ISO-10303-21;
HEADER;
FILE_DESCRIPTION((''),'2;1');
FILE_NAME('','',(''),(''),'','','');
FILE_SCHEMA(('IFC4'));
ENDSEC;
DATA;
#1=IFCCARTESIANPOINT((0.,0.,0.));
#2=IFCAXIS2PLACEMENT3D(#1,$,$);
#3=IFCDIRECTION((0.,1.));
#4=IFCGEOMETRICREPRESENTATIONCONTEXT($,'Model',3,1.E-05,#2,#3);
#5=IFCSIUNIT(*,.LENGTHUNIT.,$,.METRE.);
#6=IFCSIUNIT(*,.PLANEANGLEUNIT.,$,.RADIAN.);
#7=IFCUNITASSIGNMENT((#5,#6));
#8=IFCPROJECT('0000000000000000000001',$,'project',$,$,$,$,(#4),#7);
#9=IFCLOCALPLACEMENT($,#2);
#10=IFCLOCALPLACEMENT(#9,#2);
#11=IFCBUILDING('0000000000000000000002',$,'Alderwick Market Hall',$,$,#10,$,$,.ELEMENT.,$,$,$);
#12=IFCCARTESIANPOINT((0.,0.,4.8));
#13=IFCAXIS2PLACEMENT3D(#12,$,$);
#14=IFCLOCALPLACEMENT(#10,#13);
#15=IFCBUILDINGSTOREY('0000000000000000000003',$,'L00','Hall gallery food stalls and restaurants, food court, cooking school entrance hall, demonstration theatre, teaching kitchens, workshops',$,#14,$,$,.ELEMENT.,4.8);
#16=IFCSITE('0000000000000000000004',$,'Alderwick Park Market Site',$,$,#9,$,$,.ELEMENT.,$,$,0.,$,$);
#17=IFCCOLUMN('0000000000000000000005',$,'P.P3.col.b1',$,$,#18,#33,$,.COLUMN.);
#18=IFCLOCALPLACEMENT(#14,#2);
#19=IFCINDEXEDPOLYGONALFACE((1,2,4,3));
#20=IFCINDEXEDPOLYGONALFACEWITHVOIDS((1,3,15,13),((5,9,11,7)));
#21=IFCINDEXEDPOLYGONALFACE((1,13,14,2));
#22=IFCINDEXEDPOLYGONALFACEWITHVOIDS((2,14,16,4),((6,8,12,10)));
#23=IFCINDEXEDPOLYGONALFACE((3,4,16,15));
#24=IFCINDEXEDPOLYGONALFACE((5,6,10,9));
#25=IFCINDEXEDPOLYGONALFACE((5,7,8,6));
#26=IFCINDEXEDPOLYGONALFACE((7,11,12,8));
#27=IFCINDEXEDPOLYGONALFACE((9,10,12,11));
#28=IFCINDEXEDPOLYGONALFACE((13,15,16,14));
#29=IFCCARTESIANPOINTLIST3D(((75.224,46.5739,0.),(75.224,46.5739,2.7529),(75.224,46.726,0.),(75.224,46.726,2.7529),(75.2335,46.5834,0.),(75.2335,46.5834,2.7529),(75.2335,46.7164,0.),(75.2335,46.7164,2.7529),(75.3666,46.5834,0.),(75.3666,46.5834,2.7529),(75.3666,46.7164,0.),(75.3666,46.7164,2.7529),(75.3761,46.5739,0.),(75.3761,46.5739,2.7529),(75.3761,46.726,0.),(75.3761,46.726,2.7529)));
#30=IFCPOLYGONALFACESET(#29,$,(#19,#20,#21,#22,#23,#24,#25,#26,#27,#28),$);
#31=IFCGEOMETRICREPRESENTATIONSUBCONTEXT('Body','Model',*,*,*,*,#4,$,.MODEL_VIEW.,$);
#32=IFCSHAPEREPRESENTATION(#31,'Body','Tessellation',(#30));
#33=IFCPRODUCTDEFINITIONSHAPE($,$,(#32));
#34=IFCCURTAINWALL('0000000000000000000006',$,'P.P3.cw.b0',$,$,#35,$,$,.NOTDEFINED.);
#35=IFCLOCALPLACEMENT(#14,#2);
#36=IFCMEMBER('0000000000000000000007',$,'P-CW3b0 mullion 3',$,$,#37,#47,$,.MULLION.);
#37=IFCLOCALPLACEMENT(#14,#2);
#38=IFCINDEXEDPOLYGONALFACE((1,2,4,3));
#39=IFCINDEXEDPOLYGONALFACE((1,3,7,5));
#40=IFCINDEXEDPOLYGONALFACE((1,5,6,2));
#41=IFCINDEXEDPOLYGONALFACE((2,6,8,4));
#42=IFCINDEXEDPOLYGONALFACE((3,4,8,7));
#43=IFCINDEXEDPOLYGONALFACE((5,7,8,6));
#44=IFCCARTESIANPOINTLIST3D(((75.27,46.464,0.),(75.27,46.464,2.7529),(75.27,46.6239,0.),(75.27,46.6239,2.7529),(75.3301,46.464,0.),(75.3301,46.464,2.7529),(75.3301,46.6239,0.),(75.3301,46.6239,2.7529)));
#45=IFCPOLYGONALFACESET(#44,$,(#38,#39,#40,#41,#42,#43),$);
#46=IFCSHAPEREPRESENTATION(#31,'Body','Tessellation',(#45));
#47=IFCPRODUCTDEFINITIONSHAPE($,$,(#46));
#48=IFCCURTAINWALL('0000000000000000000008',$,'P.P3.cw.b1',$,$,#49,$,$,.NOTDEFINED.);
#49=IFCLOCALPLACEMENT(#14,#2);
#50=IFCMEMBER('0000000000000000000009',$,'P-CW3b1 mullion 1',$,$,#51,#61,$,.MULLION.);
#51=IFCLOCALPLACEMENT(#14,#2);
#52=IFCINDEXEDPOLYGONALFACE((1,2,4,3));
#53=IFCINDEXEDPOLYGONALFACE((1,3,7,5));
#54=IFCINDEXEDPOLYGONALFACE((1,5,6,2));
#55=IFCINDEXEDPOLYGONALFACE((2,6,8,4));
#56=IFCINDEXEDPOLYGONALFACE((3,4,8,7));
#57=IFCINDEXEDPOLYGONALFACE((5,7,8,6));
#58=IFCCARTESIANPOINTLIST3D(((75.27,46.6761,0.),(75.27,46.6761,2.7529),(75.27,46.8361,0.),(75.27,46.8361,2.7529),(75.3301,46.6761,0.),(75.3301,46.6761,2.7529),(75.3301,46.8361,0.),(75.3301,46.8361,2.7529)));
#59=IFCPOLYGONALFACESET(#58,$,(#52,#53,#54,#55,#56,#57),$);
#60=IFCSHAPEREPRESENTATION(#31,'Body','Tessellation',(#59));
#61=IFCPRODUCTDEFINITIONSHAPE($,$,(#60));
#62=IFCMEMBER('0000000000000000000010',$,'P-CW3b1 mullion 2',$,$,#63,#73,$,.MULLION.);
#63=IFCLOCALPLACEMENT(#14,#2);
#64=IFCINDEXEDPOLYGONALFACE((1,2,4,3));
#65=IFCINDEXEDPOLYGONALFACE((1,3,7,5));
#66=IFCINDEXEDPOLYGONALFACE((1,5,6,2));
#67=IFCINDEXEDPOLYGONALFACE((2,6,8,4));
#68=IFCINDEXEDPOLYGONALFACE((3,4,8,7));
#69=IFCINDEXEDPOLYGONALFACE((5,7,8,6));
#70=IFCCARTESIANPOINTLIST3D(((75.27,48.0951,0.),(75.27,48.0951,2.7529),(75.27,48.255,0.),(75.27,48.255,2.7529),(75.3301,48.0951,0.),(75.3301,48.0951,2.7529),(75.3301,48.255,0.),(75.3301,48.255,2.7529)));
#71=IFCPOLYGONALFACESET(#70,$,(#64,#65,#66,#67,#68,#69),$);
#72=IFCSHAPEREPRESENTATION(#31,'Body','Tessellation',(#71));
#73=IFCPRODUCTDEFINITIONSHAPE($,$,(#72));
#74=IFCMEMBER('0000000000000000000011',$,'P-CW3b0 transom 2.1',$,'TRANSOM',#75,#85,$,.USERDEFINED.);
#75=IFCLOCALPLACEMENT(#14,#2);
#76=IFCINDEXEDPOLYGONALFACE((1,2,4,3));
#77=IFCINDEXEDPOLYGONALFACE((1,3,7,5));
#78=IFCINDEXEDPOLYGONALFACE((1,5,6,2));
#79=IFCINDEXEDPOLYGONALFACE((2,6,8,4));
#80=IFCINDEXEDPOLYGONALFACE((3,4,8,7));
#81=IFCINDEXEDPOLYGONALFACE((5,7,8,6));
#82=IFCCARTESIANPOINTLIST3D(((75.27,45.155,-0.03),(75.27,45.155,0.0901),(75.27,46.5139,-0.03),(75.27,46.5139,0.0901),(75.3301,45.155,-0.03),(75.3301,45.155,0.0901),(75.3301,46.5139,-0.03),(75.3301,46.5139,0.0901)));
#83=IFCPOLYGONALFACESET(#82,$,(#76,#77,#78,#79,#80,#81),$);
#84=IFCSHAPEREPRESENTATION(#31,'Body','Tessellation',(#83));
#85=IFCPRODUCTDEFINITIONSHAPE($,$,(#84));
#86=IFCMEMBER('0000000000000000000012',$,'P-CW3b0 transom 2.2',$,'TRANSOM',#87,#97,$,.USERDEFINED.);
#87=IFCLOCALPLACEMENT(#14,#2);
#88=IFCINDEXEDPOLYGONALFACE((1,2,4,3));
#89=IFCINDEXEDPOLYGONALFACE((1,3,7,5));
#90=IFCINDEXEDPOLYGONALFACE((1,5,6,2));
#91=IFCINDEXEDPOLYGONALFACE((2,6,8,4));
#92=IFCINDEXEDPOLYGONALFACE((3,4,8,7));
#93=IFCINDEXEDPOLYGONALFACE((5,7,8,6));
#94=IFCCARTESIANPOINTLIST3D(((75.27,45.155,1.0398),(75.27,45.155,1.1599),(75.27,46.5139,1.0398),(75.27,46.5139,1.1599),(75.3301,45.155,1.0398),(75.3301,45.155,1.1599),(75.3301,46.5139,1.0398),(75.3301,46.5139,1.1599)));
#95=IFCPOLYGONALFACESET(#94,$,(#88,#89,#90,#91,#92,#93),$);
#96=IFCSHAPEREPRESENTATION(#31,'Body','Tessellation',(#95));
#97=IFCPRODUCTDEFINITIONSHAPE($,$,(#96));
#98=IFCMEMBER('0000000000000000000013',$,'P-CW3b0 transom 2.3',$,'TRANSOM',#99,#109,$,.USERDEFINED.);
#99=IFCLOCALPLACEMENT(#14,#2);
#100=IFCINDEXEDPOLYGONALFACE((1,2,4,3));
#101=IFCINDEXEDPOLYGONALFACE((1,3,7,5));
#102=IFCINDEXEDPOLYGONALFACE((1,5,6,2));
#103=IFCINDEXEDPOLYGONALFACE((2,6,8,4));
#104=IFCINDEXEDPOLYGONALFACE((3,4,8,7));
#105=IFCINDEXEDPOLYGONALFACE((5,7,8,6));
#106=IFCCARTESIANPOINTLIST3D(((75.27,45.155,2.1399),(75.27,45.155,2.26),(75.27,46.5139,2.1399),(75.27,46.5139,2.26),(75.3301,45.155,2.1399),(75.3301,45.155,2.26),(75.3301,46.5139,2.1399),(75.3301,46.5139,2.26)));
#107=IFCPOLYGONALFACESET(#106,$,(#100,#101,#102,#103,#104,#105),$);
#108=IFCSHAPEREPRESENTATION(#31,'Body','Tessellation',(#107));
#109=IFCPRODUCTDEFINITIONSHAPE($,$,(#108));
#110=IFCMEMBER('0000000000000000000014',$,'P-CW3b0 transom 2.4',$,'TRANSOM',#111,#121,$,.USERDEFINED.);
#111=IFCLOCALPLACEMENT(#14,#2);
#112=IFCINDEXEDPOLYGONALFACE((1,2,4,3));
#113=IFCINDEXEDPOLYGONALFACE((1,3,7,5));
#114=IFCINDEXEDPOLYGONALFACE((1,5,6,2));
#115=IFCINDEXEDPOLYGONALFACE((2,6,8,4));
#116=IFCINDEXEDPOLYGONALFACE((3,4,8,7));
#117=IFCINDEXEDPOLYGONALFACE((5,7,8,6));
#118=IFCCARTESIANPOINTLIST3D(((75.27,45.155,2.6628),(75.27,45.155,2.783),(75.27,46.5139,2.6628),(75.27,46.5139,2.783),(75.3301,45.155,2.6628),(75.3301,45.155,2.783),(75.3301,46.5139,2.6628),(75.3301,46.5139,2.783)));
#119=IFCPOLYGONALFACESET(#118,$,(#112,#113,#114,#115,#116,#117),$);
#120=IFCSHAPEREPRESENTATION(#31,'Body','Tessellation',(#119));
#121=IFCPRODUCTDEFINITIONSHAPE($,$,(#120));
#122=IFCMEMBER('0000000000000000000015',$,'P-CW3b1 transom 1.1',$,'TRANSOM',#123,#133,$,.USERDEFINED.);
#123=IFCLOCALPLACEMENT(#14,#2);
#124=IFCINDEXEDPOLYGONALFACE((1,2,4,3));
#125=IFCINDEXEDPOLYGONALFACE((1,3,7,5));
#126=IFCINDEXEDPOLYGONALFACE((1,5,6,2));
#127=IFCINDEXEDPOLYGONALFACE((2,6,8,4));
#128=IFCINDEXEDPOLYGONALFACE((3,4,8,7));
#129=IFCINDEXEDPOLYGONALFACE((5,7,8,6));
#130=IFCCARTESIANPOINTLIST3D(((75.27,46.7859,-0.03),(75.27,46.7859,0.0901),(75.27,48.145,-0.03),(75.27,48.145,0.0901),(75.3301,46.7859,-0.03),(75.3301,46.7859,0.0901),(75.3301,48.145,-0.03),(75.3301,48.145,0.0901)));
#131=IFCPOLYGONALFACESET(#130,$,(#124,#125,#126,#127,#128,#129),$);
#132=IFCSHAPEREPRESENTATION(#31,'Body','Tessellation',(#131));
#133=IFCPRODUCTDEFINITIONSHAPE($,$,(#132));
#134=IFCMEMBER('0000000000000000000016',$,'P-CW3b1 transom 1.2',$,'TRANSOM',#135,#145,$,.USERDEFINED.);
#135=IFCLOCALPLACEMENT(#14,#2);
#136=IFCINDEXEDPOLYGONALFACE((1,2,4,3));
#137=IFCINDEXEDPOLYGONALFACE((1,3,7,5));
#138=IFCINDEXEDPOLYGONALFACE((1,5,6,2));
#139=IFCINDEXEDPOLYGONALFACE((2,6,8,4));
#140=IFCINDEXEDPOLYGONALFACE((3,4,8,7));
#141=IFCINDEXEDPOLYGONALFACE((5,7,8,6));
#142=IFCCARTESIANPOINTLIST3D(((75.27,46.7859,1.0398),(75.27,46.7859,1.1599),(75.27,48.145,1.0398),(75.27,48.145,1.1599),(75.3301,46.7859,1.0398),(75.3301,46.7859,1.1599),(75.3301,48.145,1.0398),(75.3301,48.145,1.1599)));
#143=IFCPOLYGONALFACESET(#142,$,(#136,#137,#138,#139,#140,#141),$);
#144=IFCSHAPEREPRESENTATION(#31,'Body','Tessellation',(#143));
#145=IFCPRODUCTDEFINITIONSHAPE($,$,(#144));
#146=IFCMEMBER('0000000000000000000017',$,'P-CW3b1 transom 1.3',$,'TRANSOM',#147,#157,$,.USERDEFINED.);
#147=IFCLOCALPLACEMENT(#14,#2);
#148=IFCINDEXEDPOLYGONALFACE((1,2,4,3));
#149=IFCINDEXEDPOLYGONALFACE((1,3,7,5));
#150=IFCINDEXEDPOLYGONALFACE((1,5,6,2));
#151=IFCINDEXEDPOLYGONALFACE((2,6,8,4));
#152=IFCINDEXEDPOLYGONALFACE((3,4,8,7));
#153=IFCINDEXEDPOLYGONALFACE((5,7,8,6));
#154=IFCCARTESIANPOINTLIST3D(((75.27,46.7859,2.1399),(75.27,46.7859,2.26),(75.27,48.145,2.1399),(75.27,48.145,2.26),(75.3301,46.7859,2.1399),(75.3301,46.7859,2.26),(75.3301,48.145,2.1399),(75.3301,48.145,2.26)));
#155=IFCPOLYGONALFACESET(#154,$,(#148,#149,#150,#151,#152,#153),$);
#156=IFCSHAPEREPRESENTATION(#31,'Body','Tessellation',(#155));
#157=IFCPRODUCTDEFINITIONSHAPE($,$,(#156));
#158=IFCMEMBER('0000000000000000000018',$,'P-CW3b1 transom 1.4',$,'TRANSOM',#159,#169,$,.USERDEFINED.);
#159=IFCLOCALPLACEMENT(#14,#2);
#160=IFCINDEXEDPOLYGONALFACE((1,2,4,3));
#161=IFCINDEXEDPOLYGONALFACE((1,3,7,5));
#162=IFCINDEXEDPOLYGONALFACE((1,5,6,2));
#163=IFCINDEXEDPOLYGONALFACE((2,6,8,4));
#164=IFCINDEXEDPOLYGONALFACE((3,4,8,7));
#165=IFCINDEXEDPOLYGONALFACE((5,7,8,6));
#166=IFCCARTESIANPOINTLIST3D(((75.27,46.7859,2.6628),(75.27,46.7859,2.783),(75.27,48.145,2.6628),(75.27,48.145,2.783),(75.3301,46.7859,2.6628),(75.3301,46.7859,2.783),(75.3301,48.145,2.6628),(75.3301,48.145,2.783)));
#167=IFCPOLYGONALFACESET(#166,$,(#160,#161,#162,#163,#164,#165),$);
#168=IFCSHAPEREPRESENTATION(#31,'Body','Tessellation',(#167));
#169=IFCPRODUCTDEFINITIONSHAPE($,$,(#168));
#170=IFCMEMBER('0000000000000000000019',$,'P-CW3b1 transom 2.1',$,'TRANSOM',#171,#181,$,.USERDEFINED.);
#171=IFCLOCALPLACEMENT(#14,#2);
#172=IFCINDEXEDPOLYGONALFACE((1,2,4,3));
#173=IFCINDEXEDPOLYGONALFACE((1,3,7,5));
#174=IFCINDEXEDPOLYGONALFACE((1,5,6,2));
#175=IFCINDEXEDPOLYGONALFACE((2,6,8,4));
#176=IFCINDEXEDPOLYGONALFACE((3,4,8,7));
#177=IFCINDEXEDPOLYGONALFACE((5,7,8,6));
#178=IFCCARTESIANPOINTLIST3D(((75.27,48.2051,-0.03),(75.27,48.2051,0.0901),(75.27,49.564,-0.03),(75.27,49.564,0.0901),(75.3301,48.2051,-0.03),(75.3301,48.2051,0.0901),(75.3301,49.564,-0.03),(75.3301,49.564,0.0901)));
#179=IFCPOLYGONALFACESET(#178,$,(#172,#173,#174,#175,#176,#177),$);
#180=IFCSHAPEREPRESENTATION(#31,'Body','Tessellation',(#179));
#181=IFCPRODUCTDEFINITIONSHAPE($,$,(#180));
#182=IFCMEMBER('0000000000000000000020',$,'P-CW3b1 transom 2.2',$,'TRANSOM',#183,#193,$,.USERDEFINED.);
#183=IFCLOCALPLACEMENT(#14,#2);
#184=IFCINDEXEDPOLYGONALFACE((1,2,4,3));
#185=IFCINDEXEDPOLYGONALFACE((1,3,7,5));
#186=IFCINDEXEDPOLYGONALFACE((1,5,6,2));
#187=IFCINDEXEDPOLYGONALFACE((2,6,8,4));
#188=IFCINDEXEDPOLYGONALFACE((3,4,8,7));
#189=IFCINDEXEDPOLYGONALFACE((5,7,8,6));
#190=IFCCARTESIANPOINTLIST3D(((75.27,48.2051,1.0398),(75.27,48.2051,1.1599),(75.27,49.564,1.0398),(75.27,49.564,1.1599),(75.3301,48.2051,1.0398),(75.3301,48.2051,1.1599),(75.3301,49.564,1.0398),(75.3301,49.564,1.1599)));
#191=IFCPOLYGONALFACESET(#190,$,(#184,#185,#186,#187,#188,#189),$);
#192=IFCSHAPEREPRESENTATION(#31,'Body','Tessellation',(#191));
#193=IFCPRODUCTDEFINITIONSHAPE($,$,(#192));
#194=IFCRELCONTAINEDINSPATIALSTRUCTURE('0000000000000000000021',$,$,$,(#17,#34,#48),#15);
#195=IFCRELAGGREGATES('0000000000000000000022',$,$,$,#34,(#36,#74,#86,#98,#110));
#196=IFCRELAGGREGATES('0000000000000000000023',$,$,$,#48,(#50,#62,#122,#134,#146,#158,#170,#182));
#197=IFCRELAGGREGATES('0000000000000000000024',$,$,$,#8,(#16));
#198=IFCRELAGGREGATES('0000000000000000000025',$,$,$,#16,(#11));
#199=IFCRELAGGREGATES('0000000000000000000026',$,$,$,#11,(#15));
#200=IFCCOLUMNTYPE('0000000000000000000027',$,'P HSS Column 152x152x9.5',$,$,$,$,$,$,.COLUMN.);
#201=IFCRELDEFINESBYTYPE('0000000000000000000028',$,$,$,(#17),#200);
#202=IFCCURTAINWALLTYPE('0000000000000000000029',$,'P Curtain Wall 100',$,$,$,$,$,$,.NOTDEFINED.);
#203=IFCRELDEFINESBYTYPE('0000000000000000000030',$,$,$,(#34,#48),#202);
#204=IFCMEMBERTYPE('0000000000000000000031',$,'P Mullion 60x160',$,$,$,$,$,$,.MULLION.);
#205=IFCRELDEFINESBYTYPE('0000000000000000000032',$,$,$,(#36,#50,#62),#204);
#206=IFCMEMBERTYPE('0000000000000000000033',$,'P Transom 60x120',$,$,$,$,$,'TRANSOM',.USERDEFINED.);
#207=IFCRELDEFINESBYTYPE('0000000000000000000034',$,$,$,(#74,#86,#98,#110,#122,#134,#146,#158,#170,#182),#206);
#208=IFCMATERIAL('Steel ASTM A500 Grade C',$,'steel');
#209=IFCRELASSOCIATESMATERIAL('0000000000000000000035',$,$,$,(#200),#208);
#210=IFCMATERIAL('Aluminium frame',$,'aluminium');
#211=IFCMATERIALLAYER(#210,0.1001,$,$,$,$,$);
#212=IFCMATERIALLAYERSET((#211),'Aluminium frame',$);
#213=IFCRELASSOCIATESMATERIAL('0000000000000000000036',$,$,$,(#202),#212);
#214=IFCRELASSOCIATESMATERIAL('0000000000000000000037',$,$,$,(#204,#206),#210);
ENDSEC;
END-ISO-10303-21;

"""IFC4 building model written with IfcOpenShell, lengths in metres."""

from ifc_helpers import new_model, si_unit, direction, frame, origin, origin_2d, place, context, subcontext, project, spatial, rectangle, hollow_rectangle, extrude, material, layer, layer_set, material_profile, profile_set, type_object, element, aggregate, save


model = new_model("IFC4")

# Units and contexts
model_context = context("Model", 3, precision=1e-05, world=origin(), true_north=direction((0.0, 1.0)))
body_context = subcontext(model_context, "Body", "Model", "MODEL_VIEW")
ifc_project = project(units=[si_unit("LENGTHUNIT", "METRE"), si_unit("PLANEANGLEUNIT", "RADIAN")], contexts=[model_context])

# Site, building, storey
site_placement = place(None, origin())
site = spatial("IfcSite", under=ifc_project, at=site_placement, Name="Alderwick Park Market Site", CompositionType="ELEMENT", RefElevation=0.0)
building_placement = place(site_placement, origin())
building = spatial("IfcBuilding", under=site, at=building_placement, Name="Alderwick Market Hall", CompositionType="ELEMENT")
storey_placement = place(building_placement, frame((0.0, 0.0, 4.8)))
storey = spatial("IfcBuildingStorey", under=building, at=storey_placement, Name="L00", Description="Hall gallery food stalls and restaurants, food court, cooking school entrance hall, demonstration theatre, teaching kitchens, workshops", CompositionType="ELEMENT", Elevation=4.8)

# Column
ifc_material_1 = material(Name="Steel ASTM A500 Grade C", Category="steel")
ifc_material_profile_1 = material_profile(ifc_material_1, hollow_rectangle(XDim=0.1521, YDim=0.1521, WallThickness=0.0095, at=origin_2d()), Name="HSS152x152x9.5")
ifc_profile_set_1 = profile_set([ifc_material_profile_1], Name="Steel ASTM A500 Grade C")
column_type = type_object("IfcColumnType", Name="P HSS Column 152x152x9.5", PredefinedType="COLUMN", material=ifc_profile_set_1)
column_placement = place(storey_placement, frame((75.3, 46.6499, 0.0), z_axis=(0.0, 0.0, 1.0), x_axis=(1.0, 0.0, 0.0)))
element("IfcColumn", 1, at=column_placement, inside=storey, type_object=column_type, Name="P.P3.col.b1", PredefinedType="COLUMN", context=body_context, shape_type="SweptSolid", body=[
    extrude(hollow_rectangle(XDim=0.1521, YDim=0.1521, WallThickness=0.0095, at=origin_2d()), origin(), (0.0, 0.0, 1.0), 2.7529),
])

# Curtain wall, member
ifc_material_2 = material(Name="Aluminium frame", Category="aluminium")
ifc_layer_1 = layer(ifc_material_2, 0.1001)
ifc_layer_set_1 = layer_set([ifc_layer_1], Name="Aluminium frame")
curtain_wall_type = type_object("IfcCurtainWallType", Name="P Curtain Wall 100", PredefinedType="NOTDEFINED", material=ifc_layer_set_1)
curtain_wall_1_placement = place(storey_placement, origin())
curtain_wall_1 = element("IfcCurtainWall", 2, at=curtain_wall_1_placement, inside=storey, type_object=curtain_wall_type, Name="P.P3.cw.b0", PredefinedType="NOTDEFINED")
ifc_material_profile_2 = material_profile(ifc_material_2, rectangle(XDim=0.0601, YDim=0.1599, at=origin_2d()), Name="P Mullion 60x160")
ifc_profile_set_2 = profile_set([ifc_material_profile_2], Name="Aluminium frame")
member_type_1 = type_object("IfcMemberType", Name="P Mullion 60x160", PredefinedType="MULLION", material=ifc_profile_set_2)
member_1_placement = place(storey_placement, frame((75.3, 46.5439, 0.0), z_axis=(0.0, 0.0, 1.0), x_axis=(-1.0, 0.0, 0.0)))
member_1 = element("IfcMember", 3, at=member_1_placement, type_object=member_type_1, Name="P-CW3b0 mullion 3", PredefinedType="MULLION", context=body_context, shape_type="SweptSolid", body=[
    extrude(rectangle(XDim=0.0601, YDim=0.1599, at=origin_2d()), origin(), (0.0, 0.0, 1.0), 2.7529),
])

# Curtain wall, members
curtain_wall_2_placement = place(storey_placement, origin())
curtain_wall_2 = element("IfcCurtainWall", 4, at=curtain_wall_2_placement, inside=storey, type_object=curtain_wall_type, Name="P.P3.cw.b1", PredefinedType="NOTDEFINED")
member_2_placement = place(storey_placement, frame((75.3, 46.7561, 0.0), z_axis=(0.0, 0.0, 1.0), x_axis=(-1.0, 0.0, 0.0)))
member_2 = element("IfcMember", 5, at=member_2_placement, type_object=member_type_1, Name="P-CW3b1 mullion 1", PredefinedType="MULLION", context=body_context, shape_type="SweptSolid", body=[
    extrude(rectangle(XDim=0.0601, YDim=0.1599, at=origin_2d()), origin(), (0.0, 0.0, 1.0), 2.7529),
])
member_3_placement = place(storey_placement, frame((75.3, 48.175, 0.0), z_axis=(0.0, 0.0, 1.0), x_axis=(-1.0, 0.0, 0.0)))
member_3 = element("IfcMember", 6, at=member_3_placement, type_object=member_type_1, Name="P-CW3b1 mullion 2", PredefinedType="MULLION", context=body_context, shape_type="SweptSolid", body=[
    extrude(rectangle(XDim=0.0601, YDim=0.1599, at=origin_2d()), origin(), (0.0, 0.0, 1.0), 2.7529),
])

# Members
ifc_material_profile_3 = material_profile(ifc_material_2, rectangle(XDim=0.0601, YDim=0.1201, at=origin_2d()), Name="P Transom 60x120")
ifc_profile_set_3 = profile_set([ifc_material_profile_3], Name="Aluminium frame")
member_type_2 = type_object("IfcMemberType", Name="P Transom 60x120", ElementType="TRANSOM", PredefinedType="USERDEFINED", material=ifc_profile_set_3)
member_4_placement = place(storey_placement, frame((75.3, 45.155, 0.03), z_axis=(0.0, 1.0, 0.0), x_axis=(-1.0, 0.0, 0.0)))
member_4 = element("IfcMember", 7, at=member_4_placement, type_object=member_type_2, Name="P-CW3b0 transom 2.1", ObjectType="TRANSOM", PredefinedType="USERDEFINED", context=body_context, shape_type="SweptSolid", body=[
    extrude(rectangle(XDim=0.0601, YDim=0.1201, at=origin_2d()), origin(), (0.0, 0.0, 1.0), 1.3589),
])
member_5_placement = place(storey_placement, frame((75.3, 45.155, 1.0999), z_axis=(0.0, 1.0, 0.0), x_axis=(-1.0, 0.0, 0.0)))
member_5 = element("IfcMember", 8, at=member_5_placement, type_object=member_type_2, Name="P-CW3b0 transom 2.2", ObjectType="TRANSOM", PredefinedType="USERDEFINED", context=body_context, shape_type="SweptSolid", body=[
    extrude(rectangle(XDim=0.0601, YDim=0.1201, at=origin_2d()), origin(), (0.0, 0.0, 1.0), 1.3589),
])
member_6_placement = place(storey_placement, frame((75.3, 45.155, 2.2), z_axis=(0.0, 1.0, 0.0), x_axis=(-1.0, 0.0, 0.0)))
member_6 = element("IfcMember", 9, at=member_6_placement, type_object=member_type_2, Name="P-CW3b0 transom 2.3", ObjectType="TRANSOM", PredefinedType="USERDEFINED", context=body_context, shape_type="SweptSolid", body=[
    extrude(rectangle(XDim=0.0601, YDim=0.1201, at=origin_2d()), origin(), (0.0, 0.0, 1.0), 1.3589),
])
member_7_placement = place(storey_placement, frame((75.3, 45.155, 2.7229), z_axis=(0.0, 1.0, 0.0), x_axis=(-1.0, 0.0, 0.0)))
member_7 = element("IfcMember", 10, at=member_7_placement, type_object=member_type_2, Name="P-CW3b0 transom 2.4", ObjectType="TRANSOM", PredefinedType="USERDEFINED", context=body_context, shape_type="SweptSolid", body=[
    extrude(rectangle(XDim=0.0601, YDim=0.1201, at=origin_2d()), origin(), (0.0, 0.0, 1.0), 1.3589),
])
member_8_placement = place(storey_placement, frame((75.3, 46.7859, 0.03), z_axis=(0.0, 1.0, 0.0), x_axis=(-1.0, 0.0, 0.0)))
member_8 = element("IfcMember", 11, at=member_8_placement, type_object=member_type_2, Name="P-CW3b1 transom 1.1", ObjectType="TRANSOM", PredefinedType="USERDEFINED", context=body_context, shape_type="SweptSolid", body=[
    extrude(rectangle(XDim=0.0601, YDim=0.1201, at=origin_2d()), origin(), (0.0, 0.0, 1.0), 1.3591),
])
member_9_placement = place(storey_placement, frame((75.3, 46.7859, 1.0999), z_axis=(0.0, 1.0, 0.0), x_axis=(-1.0, 0.0, 0.0)))
member_9 = element("IfcMember", 12, at=member_9_placement, type_object=member_type_2, Name="P-CW3b1 transom 1.2", ObjectType="TRANSOM", PredefinedType="USERDEFINED", context=body_context, shape_type="SweptSolid", body=[
    extrude(rectangle(XDim=0.0601, YDim=0.1201, at=origin_2d()), origin(), (0.0, 0.0, 1.0), 1.3591),
])
member_10_placement = place(storey_placement, frame((75.3, 46.7859, 2.2), z_axis=(0.0, 1.0, 0.0), x_axis=(-1.0, 0.0, 0.0)))
member_10 = element("IfcMember", 13, at=member_10_placement, type_object=member_type_2, Name="P-CW3b1 transom 1.3", ObjectType="TRANSOM", PredefinedType="USERDEFINED", context=body_context, shape_type="SweptSolid", body=[
    extrude(rectangle(XDim=0.0601, YDim=0.1201, at=origin_2d()), origin(), (0.0, 0.0, 1.0), 1.3591),
])
member_11_placement = place(storey_placement, frame((75.3, 46.7859, 2.7229), z_axis=(0.0, 1.0, 0.0), x_axis=(-1.0, 0.0, 0.0)))
member_11 = element("IfcMember", 14, at=member_11_placement, type_object=member_type_2, Name="P-CW3b1 transom 1.4", ObjectType="TRANSOM", PredefinedType="USERDEFINED", context=body_context, shape_type="SweptSolid", body=[
    extrude(rectangle(XDim=0.0601, YDim=0.1201, at=origin_2d()), origin(), (0.0, 0.0, 1.0), 1.3591),
])
member_12_placement = place(storey_placement, frame((75.3, 48.2051, 0.03), z_axis=(0.0, 1.0, 0.0), x_axis=(-1.0, 0.0, 0.0)))
member_12 = element("IfcMember", 15, at=member_12_placement, type_object=member_type_2, Name="P-CW3b1 transom 2.1", ObjectType="TRANSOM", PredefinedType="USERDEFINED", context=body_context, shape_type="SweptSolid", body=[
    extrude(rectangle(XDim=0.0601, YDim=0.1201, at=origin_2d()), origin(), (0.0, 0.0, 1.0), 1.3589),
])
member_13_placement = place(storey_placement, frame((75.3, 48.2051, 1.0999), z_axis=(0.0, 1.0, 0.0), x_axis=(-1.0, 0.0, 0.0)))
member_13 = element("IfcMember", 16, at=member_13_placement, type_object=member_type_2, Name="P-CW3b1 transom 2.2", ObjectType="TRANSOM", PredefinedType="USERDEFINED", context=body_context, shape_type="SweptSolid", body=[
    extrude(rectangle(XDim=0.0601, YDim=0.1201, at=origin_2d()), origin(), (0.0, 0.0, 1.0), 1.3589),
])

aggregate(curtain_wall_1, [member_1, member_4, member_5, member_6, member_7])
aggregate(curtain_wall_2, [member_2, member_3, member_8, member_9, member_10, member_11, member_12, member_13])

save(model, "model.ifc")
